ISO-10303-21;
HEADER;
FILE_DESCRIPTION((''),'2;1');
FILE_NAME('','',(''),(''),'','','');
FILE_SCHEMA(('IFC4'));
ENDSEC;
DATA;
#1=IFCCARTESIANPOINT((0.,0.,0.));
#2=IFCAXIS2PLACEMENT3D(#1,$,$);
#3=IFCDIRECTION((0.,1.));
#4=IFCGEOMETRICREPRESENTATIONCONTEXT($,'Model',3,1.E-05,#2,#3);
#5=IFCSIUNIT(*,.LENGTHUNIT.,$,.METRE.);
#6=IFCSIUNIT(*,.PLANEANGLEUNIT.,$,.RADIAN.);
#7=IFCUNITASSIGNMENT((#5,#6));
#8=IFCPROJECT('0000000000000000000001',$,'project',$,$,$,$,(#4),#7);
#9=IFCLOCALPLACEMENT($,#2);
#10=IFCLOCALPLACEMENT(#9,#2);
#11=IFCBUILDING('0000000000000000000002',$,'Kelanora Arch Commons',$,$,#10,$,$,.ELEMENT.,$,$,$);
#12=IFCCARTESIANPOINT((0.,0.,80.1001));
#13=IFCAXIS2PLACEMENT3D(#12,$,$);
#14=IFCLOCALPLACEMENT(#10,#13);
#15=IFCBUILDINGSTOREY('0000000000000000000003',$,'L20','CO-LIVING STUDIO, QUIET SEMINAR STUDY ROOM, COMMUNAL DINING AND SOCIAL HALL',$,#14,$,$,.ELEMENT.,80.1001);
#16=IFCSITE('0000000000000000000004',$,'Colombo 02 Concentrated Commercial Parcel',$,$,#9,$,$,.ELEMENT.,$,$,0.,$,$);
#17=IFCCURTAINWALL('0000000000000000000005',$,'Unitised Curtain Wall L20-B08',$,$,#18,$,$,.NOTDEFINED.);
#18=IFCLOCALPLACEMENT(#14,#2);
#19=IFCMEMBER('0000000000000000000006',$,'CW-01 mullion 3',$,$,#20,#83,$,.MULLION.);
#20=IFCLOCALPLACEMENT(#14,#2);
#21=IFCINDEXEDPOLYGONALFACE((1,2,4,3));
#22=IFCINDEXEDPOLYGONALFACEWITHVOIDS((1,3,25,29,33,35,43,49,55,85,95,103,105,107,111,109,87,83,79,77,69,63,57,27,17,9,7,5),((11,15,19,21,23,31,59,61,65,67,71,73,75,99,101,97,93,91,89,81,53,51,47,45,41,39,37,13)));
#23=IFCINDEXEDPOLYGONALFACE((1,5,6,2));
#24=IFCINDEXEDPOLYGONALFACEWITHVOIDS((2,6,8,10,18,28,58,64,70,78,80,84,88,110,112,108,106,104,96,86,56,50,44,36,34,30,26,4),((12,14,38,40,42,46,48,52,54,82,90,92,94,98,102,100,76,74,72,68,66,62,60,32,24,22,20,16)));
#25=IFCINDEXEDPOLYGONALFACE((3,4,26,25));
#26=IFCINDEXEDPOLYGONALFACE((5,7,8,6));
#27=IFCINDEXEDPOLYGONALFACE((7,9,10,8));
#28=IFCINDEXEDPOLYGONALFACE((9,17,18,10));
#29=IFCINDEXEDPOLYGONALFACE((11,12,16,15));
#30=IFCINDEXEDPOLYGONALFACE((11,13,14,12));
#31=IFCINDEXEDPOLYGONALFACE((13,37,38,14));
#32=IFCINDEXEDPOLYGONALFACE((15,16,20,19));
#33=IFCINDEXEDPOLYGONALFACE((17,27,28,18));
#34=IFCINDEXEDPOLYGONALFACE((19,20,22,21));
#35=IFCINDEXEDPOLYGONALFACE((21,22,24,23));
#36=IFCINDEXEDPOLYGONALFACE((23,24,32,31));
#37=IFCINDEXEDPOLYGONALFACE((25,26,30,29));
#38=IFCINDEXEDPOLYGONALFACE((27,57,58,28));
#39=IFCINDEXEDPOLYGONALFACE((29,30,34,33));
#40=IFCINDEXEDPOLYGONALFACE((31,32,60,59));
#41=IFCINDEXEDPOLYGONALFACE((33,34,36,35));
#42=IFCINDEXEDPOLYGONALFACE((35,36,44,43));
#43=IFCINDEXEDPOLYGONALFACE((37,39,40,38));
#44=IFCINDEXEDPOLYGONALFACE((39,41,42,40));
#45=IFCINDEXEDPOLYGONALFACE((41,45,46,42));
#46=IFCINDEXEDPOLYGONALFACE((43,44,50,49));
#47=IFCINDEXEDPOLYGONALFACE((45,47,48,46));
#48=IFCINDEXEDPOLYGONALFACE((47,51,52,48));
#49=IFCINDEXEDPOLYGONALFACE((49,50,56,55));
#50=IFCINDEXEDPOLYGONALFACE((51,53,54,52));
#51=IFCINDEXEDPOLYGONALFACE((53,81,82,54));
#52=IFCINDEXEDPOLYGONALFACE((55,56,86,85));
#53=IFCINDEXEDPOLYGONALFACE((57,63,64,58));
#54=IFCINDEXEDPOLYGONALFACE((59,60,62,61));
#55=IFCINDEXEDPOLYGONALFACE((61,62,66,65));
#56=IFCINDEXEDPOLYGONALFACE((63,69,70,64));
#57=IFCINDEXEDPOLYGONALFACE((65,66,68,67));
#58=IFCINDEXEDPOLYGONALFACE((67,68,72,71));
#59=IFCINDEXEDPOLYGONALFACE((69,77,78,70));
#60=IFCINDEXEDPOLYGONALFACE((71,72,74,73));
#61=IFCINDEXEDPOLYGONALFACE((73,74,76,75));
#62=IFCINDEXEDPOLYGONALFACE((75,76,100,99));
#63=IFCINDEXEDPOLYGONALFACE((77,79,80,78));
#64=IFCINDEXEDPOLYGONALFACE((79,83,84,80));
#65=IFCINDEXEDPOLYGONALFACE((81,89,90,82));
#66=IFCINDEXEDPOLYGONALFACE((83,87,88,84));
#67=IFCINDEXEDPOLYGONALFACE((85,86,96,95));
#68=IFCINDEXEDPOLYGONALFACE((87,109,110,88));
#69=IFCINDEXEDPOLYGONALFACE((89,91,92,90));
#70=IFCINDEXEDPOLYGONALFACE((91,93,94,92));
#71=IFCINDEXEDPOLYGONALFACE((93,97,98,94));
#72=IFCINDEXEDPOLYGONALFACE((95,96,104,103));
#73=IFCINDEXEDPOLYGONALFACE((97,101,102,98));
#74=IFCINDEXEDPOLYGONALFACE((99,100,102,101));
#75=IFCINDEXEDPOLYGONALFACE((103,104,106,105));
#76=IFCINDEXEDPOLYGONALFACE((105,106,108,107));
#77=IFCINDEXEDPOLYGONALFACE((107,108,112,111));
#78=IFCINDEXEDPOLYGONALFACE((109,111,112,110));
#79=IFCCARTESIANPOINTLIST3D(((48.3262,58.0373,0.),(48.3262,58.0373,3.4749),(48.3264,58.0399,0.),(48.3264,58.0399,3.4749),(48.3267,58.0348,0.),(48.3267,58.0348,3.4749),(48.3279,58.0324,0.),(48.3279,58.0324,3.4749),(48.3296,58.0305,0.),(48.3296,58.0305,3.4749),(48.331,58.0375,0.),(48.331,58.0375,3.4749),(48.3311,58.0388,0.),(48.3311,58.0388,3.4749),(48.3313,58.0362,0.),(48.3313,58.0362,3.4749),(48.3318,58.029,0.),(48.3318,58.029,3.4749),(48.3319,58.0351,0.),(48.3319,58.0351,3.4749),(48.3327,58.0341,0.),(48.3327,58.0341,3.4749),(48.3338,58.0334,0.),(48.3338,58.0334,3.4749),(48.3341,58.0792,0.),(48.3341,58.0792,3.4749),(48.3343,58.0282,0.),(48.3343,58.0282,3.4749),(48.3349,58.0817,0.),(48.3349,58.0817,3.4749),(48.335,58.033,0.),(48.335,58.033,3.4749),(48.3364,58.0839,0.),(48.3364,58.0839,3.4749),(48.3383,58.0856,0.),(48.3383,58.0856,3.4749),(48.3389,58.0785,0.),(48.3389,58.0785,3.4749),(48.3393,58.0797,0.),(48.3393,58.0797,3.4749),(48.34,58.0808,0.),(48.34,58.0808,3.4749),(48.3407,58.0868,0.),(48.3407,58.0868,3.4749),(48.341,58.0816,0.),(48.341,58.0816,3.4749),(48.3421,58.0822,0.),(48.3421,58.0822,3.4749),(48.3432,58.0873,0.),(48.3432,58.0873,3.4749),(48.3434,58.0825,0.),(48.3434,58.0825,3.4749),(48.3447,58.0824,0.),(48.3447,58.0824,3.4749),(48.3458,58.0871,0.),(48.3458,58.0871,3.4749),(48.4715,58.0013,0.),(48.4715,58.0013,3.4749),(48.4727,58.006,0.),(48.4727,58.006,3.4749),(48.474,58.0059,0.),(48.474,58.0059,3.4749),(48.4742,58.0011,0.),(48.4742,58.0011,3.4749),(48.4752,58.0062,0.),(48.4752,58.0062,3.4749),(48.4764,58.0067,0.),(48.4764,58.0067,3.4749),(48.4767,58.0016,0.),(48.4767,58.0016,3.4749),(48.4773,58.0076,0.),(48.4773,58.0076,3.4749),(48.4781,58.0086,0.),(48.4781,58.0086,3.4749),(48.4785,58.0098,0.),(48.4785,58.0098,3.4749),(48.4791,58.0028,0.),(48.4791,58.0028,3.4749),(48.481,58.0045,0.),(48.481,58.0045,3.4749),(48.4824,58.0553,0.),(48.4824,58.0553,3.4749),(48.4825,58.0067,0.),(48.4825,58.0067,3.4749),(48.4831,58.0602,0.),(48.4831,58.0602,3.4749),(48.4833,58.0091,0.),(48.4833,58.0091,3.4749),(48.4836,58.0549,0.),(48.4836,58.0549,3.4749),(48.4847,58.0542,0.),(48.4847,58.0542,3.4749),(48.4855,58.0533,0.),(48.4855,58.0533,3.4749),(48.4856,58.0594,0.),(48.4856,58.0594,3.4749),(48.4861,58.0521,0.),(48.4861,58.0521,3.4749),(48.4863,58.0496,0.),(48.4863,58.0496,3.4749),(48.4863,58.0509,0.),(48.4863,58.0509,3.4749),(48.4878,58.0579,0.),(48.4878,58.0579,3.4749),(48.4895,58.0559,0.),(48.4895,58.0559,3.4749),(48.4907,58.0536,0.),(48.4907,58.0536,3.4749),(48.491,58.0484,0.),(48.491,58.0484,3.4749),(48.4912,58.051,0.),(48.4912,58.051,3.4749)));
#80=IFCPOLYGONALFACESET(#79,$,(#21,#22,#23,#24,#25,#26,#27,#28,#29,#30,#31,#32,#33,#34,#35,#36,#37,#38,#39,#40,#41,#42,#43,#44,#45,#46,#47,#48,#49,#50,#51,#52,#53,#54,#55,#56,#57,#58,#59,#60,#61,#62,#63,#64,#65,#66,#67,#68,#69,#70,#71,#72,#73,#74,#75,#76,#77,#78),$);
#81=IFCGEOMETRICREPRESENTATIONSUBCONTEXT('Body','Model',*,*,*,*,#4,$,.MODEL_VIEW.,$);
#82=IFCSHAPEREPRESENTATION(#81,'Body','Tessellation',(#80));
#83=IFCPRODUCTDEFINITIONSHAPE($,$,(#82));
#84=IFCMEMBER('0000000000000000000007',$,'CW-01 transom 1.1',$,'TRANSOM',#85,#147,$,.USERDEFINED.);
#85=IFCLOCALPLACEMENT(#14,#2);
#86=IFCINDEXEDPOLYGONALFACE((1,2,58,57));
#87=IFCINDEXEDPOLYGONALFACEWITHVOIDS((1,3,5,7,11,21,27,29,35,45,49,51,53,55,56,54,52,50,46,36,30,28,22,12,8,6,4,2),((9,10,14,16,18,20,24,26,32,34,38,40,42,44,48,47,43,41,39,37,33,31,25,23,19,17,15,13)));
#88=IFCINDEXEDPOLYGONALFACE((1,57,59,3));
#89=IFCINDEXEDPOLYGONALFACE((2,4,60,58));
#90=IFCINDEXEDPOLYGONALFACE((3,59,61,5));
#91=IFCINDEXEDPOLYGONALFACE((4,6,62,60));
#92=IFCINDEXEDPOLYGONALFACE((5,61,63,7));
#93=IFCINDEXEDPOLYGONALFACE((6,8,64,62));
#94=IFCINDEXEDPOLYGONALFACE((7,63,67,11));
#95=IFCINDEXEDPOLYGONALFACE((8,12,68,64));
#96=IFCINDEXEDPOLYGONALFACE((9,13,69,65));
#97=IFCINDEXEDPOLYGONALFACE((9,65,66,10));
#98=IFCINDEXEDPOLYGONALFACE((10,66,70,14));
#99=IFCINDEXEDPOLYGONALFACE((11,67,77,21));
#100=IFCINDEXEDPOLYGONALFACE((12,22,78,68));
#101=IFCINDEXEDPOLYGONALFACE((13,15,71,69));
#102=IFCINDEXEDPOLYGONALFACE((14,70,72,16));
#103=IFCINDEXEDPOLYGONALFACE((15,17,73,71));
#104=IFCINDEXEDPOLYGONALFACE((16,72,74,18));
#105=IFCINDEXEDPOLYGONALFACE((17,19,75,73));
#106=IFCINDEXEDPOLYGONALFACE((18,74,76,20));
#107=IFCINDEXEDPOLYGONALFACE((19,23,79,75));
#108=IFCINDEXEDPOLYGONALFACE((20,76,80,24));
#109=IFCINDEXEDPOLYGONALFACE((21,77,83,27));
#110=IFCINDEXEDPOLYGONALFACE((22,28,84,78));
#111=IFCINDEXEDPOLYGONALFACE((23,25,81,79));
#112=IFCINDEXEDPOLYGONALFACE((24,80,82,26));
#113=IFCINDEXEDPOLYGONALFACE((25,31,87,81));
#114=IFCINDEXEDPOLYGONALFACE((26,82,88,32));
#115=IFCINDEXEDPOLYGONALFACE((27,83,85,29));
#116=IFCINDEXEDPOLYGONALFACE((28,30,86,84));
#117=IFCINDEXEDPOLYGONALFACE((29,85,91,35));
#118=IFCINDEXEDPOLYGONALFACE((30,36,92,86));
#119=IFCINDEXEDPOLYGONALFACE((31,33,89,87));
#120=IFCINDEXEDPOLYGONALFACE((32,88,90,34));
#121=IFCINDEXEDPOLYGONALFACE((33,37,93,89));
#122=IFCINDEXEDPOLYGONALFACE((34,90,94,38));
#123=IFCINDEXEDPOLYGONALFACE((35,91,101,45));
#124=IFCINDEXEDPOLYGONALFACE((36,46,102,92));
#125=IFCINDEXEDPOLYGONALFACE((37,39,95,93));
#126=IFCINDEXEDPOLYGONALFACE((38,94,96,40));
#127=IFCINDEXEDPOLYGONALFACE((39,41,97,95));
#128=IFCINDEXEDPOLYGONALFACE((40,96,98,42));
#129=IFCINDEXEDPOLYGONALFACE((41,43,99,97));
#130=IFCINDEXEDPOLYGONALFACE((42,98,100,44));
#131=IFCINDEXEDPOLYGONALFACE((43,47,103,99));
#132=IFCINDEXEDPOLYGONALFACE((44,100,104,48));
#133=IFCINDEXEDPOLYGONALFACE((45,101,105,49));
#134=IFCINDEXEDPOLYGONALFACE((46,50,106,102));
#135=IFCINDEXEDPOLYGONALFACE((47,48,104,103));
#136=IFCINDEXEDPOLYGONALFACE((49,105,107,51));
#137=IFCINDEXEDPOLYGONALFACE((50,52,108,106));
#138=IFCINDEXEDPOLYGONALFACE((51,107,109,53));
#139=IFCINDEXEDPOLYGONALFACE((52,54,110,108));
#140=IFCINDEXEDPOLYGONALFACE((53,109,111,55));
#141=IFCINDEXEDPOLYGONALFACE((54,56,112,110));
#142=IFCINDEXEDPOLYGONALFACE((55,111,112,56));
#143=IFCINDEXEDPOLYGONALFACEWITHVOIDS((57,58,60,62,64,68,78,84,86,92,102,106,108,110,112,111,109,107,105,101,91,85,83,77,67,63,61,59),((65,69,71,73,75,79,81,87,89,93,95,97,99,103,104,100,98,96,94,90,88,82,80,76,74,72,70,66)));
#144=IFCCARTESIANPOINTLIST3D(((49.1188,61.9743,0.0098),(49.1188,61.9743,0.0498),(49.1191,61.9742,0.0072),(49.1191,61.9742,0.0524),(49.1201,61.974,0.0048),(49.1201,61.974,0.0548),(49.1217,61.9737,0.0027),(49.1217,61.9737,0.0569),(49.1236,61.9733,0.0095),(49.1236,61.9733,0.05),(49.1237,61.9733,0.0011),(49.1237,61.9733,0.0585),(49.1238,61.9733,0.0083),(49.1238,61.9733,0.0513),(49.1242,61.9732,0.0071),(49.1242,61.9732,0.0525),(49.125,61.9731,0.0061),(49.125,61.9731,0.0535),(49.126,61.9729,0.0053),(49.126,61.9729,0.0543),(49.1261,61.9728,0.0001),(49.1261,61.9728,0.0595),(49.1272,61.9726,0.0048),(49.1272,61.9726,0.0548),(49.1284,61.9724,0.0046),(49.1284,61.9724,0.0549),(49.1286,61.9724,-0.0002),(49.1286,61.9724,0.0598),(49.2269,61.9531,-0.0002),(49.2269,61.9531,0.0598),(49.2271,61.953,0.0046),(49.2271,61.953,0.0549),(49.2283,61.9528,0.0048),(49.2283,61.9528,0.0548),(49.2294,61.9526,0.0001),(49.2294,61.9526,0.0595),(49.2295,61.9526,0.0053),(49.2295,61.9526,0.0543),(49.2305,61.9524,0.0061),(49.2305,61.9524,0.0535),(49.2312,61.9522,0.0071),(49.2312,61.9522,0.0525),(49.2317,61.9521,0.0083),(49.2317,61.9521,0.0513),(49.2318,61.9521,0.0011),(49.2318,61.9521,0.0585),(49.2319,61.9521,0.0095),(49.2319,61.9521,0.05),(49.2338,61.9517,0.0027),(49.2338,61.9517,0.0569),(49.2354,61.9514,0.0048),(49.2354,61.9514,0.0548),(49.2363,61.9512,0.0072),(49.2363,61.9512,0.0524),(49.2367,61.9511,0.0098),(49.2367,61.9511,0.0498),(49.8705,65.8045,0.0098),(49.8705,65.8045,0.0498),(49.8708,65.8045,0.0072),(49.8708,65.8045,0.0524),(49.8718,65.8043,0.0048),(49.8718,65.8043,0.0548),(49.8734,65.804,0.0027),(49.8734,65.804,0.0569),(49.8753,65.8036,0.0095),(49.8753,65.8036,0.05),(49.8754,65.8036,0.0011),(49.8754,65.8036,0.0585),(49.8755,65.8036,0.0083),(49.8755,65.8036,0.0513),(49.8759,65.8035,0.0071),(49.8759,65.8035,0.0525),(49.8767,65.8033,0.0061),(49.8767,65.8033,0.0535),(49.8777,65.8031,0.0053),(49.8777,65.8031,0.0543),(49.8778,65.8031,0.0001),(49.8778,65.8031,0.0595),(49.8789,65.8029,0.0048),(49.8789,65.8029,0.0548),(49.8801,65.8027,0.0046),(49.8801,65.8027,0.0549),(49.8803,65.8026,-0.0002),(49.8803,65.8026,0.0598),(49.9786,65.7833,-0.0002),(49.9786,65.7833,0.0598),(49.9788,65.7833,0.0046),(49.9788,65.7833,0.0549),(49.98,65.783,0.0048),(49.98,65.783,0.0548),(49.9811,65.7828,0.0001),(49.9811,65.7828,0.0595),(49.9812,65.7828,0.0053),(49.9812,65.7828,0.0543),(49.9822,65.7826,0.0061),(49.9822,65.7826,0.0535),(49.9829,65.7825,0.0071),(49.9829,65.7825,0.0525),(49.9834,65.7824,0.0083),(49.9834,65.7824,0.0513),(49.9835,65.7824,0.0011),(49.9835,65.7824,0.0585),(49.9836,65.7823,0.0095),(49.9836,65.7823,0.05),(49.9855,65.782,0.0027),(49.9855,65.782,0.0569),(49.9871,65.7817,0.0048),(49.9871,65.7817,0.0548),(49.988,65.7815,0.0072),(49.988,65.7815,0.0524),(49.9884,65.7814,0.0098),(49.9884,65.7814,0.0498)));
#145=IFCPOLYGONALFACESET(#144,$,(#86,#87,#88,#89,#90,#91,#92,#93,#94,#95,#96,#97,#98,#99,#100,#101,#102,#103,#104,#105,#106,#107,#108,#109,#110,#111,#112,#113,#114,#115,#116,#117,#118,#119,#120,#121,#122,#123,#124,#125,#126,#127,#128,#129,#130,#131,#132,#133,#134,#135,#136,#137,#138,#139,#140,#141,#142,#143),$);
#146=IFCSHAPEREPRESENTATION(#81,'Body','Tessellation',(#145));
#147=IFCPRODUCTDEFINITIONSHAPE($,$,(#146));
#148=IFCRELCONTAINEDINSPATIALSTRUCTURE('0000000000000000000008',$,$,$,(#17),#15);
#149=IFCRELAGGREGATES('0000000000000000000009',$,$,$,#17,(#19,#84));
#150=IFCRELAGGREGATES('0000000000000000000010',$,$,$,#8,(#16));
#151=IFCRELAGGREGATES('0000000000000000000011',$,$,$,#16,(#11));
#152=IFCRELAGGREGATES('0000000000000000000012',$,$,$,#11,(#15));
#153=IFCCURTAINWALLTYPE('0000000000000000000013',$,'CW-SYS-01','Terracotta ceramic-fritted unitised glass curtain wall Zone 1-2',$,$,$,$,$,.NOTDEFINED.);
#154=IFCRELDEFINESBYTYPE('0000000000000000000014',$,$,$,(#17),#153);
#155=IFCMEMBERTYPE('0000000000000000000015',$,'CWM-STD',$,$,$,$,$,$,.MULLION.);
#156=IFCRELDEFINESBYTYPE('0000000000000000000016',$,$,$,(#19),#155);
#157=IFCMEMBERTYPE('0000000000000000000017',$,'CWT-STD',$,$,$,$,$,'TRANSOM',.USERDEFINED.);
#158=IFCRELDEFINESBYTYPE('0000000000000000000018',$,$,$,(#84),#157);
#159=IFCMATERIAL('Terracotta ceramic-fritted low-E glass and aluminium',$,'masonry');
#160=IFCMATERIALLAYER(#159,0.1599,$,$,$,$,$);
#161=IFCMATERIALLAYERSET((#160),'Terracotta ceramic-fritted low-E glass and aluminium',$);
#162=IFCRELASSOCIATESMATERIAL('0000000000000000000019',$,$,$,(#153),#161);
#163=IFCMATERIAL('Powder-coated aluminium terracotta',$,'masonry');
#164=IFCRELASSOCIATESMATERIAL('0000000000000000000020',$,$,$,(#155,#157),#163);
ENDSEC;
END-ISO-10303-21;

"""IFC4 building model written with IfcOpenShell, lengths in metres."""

from ifc_helpers import new_model, si_unit, direction, frame, origin, origin_2d, place, context, subcontext, project, spatial, hollow_rectangle, extrude, material, layer, layer_set, material_profile, profile_set, type_object, element, aggregate, save


model = new_model("IFC4")

# Units and contexts
model_context = context("Model", 3, precision=1e-05, world=origin(), true_north=direction((0.0, 1.0)))
body_context = subcontext(model_context, "Body", "Model", "MODEL_VIEW")
ifc_project = project(units=[si_unit("LENGTHUNIT", "METRE"), si_unit("PLANEANGLEUNIT", "RADIAN")], contexts=[model_context])

# Site, building, storey
site_placement = place(None, origin())
site = spatial("IfcSite", under=ifc_project, at=site_placement, Name="Colombo 02 Concentrated Commercial Parcel", CompositionType="ELEMENT", RefElevation=0.0)
building_placement = place(site_placement, origin())
building = spatial("IfcBuilding", under=site, at=building_placement, Name="Kelanora Arch Commons", CompositionType="ELEMENT")
storey_placement = place(building_placement, frame((0.0, 0.0, 80.1001)))
storey = spatial("IfcBuildingStorey", under=building, at=storey_placement, Name="L20", Description="CO-LIVING STUDIO, QUIET SEMINAR STUDY ROOM, COMMUNAL DINING AND SOCIAL HALL", CompositionType="ELEMENT", Elevation=80.1001)

# Curtain wall, members
ifc_material_1 = material(Name="Terracotta ceramic-fritted low-E glass and aluminium", Category="masonry")
ifc_layer_1 = layer(ifc_material_1, 0.1599)
ifc_layer_set_1 = layer_set([ifc_layer_1], Name="Terracotta ceramic-fritted low-E glass and aluminium")
curtain_wall_type = type_object("IfcCurtainWallType", Name="CW-SYS-01", Description="Terracotta ceramic-fritted unitised glass curtain wall Zone 1-2", PredefinedType="NOTDEFINED", material=ifc_layer_set_1)
curtain_wall_placement = place(storey_placement, origin())
curtain_wall = element("IfcCurtainWall", 1, at=curtain_wall_placement, inside=storey, type_object=curtain_wall_type, Name="Unitised Curtain Wall L20-B08", PredefinedType="NOTDEFINED")
ifc_material_2 = material(Name="Powder-coated aluminium terracotta", Category="masonry")
ifc_material_profile_1 = material_profile(ifc_material_2, hollow_rectangle(XDim=0.1599, YDim=0.0601, WallThickness=0.0049, InnerFilletRadius=0.0049, OuterFilletRadius=0.01, at=origin_2d()), Name="CWM160x60")
ifc_profile_set_1 = profile_set([ifc_material_profile_1], Name="Powder-coated aluminium terracotta")
member_type_1 = type_object("IfcMemberType", Name="CWM-STD", PredefinedType="MULLION", material=ifc_profile_set_1)
member_1_placement = place(storey_placement, frame((48.4087, 58.0442, 0.0), z_axis=(0.0, 0.0, 1.0), x_axis=(0.98128, -0.192585, 0.0)))
member_1 = element("IfcMember", 2, at=member_1_placement, type_object=member_type_1, Name="CW-01 mullion 3", PredefinedType="MULLION", context=body_context, shape_type="SweptSolid", body=[
    extrude(hollow_rectangle(XDim=0.1599, YDim=0.0601, WallThickness=0.0049, InnerFilletRadius=0.0049, OuterFilletRadius=0.01, at=origin_2d()), origin(), (0.0, 0.0, 1.0), 3.4749),
])
ifc_material_profile_2 = material_profile(ifc_material_2, hollow_rectangle(XDim=0.1201, YDim=0.0601, WallThickness=0.0049, InnerFilletRadius=0.0049, OuterFilletRadius=0.01, at=origin_2d()), Name="CWT120x60")
ifc_profile_set_2 = profile_set([ifc_material_profile_2], Name="Powder-coated aluminium terracotta")
member_type_2 = type_object("IfcMemberType", Name="CWT-STD", ElementType="TRANSOM", PredefinedType="USERDEFINED", material=ifc_profile_set_2)
member_2_placement = place(storey_placement, frame((49.9294, 65.793, 0.0298), z_axis=(-0.192579, -0.981282, 0.0), x_axis=(0.981282, -0.192579, 0.0)))
member_2 = element("IfcMember", 3, at=member_2_placement, type_object=member_type_2, Name="CW-01 transom 1.1", ObjectType="TRANSOM", PredefinedType="USERDEFINED", context=body_context, shape_type="SweptSolid", body=[
    extrude(hollow_rectangle(XDim=0.1201, YDim=0.0601, WallThickness=0.0049, InnerFilletRadius=0.0049, OuterFilletRadius=0.01, at=origin_2d()), origin(), (0.0, 0.0, 1.0), 3.9033),
])
aggregate(curtain_wall, [member_1, member_2])

save(model, "model.ifc")
